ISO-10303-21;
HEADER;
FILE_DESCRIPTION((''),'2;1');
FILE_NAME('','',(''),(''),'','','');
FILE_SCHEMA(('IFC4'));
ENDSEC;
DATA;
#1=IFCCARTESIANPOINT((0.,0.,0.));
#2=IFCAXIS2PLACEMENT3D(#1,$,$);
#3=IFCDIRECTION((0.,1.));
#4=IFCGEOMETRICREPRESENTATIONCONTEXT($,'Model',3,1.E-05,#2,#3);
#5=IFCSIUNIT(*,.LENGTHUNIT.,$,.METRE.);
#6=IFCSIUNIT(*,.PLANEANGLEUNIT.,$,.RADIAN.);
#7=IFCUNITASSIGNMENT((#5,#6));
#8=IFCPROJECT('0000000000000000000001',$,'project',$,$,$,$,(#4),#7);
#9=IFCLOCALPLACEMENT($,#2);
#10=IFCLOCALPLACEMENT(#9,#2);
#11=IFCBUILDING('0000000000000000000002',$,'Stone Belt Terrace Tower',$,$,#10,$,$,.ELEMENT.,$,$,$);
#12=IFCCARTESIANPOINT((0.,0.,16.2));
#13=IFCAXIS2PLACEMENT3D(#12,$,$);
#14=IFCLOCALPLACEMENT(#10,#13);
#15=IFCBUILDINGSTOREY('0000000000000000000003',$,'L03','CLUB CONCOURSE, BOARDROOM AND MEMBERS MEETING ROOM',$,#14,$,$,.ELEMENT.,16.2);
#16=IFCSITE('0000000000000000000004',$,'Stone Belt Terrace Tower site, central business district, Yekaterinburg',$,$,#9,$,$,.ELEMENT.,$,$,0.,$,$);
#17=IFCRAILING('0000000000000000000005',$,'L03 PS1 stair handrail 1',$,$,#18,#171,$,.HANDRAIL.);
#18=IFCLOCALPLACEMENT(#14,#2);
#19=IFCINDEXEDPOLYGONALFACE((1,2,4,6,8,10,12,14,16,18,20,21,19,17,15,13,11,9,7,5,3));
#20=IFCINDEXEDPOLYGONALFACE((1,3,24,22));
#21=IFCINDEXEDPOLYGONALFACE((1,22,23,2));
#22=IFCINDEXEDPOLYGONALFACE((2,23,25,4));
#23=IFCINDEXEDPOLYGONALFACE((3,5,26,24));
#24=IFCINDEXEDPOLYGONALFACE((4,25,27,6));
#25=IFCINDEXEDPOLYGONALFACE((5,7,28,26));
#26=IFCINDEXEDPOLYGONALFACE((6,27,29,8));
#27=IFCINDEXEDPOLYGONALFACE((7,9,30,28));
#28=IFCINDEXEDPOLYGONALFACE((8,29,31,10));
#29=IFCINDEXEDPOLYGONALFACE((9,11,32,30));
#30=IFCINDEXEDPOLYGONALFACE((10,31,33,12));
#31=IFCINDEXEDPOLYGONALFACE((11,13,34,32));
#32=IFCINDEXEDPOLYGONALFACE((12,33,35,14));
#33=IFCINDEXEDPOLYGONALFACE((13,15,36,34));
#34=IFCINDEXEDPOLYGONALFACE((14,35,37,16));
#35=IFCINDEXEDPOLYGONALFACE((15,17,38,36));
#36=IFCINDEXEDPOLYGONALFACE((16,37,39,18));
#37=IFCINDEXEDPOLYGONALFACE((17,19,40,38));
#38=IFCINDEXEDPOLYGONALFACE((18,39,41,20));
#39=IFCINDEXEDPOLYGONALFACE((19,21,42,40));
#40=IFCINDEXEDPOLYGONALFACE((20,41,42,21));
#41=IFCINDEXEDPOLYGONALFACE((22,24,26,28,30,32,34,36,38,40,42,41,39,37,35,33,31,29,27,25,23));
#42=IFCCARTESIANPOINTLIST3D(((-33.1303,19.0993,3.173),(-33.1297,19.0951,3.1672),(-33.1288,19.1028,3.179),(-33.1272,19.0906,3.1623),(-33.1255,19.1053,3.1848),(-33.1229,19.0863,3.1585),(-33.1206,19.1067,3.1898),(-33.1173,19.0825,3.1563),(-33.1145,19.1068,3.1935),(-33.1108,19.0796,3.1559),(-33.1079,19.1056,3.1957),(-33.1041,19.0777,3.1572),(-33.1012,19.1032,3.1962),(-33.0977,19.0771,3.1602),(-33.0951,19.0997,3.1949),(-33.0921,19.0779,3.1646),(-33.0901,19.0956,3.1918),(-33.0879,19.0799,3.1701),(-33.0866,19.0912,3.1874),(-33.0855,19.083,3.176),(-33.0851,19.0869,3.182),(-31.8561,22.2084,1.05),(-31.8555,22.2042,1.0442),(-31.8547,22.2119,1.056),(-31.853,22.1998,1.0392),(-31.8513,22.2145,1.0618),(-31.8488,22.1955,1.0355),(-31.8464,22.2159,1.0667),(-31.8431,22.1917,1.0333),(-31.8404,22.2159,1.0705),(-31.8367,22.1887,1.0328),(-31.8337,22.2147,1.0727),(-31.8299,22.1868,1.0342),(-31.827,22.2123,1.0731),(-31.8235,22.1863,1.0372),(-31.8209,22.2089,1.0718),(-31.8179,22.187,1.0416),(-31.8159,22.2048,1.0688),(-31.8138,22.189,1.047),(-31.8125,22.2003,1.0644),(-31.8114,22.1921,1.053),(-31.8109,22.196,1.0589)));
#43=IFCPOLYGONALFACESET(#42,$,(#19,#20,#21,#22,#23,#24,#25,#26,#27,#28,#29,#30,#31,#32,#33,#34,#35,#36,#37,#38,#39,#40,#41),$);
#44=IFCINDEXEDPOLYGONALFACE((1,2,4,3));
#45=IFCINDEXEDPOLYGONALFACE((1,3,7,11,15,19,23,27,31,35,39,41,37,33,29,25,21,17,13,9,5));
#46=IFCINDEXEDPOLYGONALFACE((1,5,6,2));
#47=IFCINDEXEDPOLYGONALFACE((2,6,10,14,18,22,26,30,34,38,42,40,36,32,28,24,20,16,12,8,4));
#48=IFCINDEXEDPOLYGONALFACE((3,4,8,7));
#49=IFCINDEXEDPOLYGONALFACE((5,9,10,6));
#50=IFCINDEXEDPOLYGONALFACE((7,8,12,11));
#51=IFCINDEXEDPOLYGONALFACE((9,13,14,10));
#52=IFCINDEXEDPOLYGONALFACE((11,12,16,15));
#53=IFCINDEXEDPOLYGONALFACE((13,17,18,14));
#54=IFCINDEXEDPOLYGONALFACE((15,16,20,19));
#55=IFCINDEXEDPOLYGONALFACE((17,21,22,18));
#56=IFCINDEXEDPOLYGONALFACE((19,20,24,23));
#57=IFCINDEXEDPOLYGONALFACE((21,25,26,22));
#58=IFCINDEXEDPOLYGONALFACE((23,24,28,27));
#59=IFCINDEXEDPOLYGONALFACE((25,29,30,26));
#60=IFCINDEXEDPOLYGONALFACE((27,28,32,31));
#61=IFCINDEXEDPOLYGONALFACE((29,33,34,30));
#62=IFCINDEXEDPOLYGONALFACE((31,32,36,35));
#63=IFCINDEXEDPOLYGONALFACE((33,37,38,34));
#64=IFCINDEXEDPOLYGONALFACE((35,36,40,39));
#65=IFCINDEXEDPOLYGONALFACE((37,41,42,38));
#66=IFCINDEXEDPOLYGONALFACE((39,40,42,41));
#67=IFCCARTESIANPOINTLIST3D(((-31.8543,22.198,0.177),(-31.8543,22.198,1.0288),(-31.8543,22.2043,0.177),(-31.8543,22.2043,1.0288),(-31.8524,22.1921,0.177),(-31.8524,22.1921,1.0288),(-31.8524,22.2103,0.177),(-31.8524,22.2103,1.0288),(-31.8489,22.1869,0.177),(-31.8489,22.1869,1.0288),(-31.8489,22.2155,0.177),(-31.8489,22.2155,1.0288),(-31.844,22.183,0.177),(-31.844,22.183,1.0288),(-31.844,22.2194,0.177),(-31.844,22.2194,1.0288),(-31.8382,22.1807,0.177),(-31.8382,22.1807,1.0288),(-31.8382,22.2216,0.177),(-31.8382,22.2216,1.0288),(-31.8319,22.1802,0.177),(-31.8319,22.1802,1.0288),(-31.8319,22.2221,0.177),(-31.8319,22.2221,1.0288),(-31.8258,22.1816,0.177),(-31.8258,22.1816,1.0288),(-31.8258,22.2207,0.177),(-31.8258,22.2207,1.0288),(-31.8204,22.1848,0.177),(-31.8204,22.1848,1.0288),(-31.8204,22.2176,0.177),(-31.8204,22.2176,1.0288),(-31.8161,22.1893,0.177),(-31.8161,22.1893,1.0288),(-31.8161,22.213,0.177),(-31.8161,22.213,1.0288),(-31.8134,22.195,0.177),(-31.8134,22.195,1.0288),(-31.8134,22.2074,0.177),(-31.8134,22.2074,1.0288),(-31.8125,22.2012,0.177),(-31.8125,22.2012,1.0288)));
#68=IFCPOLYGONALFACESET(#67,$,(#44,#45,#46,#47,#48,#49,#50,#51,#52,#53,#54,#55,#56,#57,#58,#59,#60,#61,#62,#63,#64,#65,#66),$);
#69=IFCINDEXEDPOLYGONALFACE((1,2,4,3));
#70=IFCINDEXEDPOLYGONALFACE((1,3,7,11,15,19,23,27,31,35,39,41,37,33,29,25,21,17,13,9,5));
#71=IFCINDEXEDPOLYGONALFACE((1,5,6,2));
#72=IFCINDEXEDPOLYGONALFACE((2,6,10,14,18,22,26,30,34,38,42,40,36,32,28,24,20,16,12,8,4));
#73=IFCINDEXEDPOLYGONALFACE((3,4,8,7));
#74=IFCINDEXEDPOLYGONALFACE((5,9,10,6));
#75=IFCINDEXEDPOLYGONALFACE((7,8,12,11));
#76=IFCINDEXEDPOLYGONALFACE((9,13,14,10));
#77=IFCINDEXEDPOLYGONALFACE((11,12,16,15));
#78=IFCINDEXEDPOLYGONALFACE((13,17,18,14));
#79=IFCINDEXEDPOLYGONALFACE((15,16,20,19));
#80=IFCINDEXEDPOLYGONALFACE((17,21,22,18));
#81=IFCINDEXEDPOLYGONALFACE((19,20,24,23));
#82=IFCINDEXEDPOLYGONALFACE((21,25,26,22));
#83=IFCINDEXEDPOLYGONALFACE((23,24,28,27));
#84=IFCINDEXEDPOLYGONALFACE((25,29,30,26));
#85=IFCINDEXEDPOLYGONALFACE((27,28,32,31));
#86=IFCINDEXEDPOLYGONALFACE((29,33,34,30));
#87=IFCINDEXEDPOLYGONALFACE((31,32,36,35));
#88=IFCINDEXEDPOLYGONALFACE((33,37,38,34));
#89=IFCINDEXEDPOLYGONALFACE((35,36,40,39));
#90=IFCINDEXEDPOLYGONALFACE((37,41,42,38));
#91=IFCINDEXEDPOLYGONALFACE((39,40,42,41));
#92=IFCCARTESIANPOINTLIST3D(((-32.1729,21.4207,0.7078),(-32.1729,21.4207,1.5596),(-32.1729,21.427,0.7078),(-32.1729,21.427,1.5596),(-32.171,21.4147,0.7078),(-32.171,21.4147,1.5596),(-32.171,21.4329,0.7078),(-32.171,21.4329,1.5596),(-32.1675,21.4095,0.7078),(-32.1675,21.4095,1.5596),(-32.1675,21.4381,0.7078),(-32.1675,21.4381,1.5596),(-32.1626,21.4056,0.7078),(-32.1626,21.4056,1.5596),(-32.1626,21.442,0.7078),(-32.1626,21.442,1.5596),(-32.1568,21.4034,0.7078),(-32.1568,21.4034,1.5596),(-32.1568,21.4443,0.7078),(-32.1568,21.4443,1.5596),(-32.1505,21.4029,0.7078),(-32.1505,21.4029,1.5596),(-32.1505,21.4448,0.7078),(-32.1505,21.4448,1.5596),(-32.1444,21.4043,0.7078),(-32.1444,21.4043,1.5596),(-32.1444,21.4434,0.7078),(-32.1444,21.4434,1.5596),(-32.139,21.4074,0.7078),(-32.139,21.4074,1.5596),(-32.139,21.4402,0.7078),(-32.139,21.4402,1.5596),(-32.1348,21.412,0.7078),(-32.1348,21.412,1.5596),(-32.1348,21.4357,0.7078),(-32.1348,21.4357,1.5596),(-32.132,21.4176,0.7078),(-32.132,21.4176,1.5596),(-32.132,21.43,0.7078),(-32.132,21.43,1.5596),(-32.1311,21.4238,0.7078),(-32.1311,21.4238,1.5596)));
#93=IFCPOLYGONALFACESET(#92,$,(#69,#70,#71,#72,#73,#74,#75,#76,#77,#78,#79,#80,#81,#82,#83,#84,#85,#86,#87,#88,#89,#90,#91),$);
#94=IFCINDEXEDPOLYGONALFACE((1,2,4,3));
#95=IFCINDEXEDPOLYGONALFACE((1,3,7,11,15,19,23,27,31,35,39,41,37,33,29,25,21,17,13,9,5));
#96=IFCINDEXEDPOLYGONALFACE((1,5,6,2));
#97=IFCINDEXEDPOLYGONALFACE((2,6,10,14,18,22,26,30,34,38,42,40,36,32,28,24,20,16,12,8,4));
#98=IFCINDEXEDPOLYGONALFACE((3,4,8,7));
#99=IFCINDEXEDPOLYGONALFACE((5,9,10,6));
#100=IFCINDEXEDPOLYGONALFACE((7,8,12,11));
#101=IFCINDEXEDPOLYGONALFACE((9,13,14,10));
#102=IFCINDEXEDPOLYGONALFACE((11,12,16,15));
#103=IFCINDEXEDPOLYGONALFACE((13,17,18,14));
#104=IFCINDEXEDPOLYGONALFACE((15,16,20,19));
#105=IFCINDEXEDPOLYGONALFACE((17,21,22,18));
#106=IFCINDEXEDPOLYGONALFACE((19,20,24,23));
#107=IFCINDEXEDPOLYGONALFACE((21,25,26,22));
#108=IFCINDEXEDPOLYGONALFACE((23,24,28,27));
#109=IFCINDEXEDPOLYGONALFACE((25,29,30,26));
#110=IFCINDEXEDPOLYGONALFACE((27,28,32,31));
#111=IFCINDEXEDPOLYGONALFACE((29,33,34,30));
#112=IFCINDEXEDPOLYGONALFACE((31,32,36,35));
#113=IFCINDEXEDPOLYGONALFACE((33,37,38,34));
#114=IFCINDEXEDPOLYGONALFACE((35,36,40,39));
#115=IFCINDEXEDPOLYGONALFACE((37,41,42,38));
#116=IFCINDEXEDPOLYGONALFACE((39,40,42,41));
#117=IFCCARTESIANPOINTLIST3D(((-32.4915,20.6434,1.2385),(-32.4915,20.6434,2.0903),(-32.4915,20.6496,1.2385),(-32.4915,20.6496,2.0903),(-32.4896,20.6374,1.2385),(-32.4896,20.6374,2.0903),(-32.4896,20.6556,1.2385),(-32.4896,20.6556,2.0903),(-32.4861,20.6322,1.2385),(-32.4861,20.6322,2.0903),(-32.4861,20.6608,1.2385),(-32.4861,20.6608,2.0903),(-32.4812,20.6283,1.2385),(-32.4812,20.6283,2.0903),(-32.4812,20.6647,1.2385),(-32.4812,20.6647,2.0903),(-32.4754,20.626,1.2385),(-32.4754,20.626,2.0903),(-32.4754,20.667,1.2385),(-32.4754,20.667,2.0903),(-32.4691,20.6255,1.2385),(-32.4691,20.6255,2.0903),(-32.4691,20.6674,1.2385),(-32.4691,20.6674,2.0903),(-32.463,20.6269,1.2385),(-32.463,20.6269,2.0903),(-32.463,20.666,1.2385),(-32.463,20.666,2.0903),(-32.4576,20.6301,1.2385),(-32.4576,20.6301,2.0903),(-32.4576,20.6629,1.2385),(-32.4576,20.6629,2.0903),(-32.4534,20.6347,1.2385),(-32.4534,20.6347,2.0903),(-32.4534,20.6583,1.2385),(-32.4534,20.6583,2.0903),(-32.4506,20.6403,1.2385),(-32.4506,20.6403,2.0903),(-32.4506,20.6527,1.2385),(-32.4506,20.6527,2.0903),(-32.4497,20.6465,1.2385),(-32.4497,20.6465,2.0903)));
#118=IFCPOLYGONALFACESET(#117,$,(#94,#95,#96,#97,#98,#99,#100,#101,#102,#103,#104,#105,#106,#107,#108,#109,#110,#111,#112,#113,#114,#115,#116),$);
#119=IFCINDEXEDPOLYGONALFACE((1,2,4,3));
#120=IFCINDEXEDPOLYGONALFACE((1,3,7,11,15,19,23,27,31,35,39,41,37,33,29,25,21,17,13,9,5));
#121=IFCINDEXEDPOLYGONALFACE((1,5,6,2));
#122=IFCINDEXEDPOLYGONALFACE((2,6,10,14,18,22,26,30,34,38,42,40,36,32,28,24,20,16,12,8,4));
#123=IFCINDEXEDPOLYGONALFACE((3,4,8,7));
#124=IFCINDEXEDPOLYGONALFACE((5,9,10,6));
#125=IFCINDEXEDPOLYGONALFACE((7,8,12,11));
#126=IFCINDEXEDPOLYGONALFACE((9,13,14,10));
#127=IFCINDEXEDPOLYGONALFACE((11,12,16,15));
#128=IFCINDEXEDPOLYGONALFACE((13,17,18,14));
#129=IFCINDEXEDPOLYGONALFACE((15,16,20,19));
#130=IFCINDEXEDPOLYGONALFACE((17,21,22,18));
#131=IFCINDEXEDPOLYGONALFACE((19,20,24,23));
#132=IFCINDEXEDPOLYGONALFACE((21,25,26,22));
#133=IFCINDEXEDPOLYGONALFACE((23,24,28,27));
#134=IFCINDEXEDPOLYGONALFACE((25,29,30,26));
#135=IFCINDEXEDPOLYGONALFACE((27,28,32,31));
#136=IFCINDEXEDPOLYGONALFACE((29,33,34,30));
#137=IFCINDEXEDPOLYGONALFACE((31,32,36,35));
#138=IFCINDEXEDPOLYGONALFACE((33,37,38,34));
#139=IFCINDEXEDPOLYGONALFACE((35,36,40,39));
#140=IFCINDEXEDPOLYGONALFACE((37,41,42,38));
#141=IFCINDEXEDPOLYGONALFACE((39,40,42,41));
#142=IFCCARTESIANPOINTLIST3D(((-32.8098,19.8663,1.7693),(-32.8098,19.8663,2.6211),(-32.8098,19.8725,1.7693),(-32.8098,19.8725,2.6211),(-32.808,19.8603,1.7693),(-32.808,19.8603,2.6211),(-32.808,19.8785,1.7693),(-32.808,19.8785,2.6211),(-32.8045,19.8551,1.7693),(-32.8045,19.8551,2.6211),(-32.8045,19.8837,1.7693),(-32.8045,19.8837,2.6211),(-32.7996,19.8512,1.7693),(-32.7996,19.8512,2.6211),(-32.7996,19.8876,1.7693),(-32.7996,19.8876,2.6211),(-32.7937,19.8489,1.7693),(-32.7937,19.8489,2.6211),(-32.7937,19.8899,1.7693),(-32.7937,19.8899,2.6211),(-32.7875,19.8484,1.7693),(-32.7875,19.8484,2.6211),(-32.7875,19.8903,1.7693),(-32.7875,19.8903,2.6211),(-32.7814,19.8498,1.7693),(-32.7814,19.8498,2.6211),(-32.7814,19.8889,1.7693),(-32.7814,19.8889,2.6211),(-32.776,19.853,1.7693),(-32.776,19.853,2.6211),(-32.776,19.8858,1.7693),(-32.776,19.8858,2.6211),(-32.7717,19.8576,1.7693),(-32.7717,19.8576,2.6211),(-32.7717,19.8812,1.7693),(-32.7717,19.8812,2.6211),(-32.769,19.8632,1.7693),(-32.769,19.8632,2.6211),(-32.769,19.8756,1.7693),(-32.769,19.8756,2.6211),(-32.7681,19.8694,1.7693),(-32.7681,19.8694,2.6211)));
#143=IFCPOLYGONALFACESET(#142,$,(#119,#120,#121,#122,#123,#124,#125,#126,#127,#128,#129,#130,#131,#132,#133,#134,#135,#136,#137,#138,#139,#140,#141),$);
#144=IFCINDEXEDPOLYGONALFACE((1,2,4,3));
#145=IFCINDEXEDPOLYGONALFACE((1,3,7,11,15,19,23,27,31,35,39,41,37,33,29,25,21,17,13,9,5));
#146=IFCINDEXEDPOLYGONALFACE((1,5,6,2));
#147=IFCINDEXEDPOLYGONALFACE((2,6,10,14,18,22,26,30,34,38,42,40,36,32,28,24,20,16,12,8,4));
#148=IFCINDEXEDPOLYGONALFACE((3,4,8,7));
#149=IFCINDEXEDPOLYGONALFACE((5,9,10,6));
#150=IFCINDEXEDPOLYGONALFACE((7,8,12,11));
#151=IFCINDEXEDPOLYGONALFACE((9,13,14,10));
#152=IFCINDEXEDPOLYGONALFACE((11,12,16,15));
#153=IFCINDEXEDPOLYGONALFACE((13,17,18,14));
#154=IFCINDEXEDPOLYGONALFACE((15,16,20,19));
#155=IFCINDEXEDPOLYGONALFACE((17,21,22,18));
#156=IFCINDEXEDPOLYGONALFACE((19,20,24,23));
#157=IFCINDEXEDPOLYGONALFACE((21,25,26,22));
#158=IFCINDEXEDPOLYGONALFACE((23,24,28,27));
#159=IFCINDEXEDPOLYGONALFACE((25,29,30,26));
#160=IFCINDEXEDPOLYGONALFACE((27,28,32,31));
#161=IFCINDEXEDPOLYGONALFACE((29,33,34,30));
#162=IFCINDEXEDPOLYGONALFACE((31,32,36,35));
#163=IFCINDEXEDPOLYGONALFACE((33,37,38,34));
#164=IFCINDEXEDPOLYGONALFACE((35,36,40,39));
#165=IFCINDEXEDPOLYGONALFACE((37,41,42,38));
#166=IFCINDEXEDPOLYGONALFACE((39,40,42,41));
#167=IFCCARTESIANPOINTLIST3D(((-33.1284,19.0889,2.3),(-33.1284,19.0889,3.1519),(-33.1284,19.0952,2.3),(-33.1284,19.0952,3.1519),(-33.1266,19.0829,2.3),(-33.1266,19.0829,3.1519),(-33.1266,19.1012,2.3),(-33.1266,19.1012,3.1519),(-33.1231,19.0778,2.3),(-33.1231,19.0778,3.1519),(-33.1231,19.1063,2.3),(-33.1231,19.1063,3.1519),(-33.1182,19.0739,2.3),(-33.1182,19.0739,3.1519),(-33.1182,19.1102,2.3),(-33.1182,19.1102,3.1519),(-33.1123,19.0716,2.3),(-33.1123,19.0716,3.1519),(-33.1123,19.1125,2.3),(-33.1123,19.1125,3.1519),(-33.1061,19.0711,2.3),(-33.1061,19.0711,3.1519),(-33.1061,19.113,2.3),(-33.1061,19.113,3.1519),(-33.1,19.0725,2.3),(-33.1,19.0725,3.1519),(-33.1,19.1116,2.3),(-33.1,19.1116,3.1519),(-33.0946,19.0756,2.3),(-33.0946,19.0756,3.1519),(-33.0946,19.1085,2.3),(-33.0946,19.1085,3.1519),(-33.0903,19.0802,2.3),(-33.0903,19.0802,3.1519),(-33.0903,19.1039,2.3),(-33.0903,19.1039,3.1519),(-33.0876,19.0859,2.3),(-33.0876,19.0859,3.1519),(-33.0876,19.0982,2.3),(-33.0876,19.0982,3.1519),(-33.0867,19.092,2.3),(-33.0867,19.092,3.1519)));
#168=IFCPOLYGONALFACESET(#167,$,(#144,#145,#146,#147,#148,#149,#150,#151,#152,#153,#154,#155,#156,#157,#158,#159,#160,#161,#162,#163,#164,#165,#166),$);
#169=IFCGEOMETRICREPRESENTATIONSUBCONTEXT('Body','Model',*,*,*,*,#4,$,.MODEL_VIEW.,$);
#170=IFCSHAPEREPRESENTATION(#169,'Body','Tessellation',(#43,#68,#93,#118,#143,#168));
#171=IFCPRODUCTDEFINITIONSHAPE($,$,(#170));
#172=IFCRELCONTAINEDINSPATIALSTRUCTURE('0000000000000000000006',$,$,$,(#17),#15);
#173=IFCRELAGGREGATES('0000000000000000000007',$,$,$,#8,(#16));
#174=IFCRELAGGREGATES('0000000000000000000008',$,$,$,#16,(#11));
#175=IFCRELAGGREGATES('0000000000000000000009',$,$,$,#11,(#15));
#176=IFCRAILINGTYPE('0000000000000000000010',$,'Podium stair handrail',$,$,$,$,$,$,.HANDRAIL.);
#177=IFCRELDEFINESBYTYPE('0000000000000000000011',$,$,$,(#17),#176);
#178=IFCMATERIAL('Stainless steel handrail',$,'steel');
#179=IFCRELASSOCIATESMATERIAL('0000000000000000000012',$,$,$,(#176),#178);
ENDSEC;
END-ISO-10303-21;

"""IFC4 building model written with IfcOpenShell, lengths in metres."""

from ifc_helpers import new_model, si_unit, direction, frame, origin, origin_2d, place, context, subcontext, project, spatial, circle, extrude, material, type_object, element, save


model = new_model("IFC4")

# Units and contexts
model_context = context("Model", 3, precision=1e-05, world=origin(), true_north=direction((0.0, 1.0)))
body_context = subcontext(model_context, "Body", "Model", "MODEL_VIEW")
ifc_project = project(units=[si_unit("LENGTHUNIT", "METRE"), si_unit("PLANEANGLEUNIT", "RADIAN")], contexts=[model_context])

# Site, building, storey
site_placement = place(None, origin())
site = spatial("IfcSite", under=ifc_project, at=site_placement, Name="Stone Belt Terrace Tower site, central business district, Yekaterinburg", CompositionType="ELEMENT", RefElevation=0.0)
building_placement = place(site_placement, origin())
building = spatial("IfcBuilding", under=site, at=building_placement, Name="Stone Belt Terrace Tower", CompositionType="ELEMENT")
storey_placement = place(building_placement, frame((0.0, 0.0, 16.2)))
storey = spatial("IfcBuildingStorey", under=building, at=storey_placement, Name="L03", Description="CLUB CONCOURSE, BOARDROOM AND MEMBERS MEETING ROOM", CompositionType="ELEMENT", Elevation=16.2)

# Railing
ifc_material_1 = material(Name="Stainless steel handrail", Category="steel")
railing_type_1 = type_object("IfcRailingType", Name="Podium stair handrail", PredefinedType="HANDRAIL", material=ifc_material_1)
railing_1_placement = place(storey_placement, frame((-31.8335, 22.2012, 0.177)))
element("IfcRailing", 1, at=railing_1_placement, inside=storey, type_object=railing_type_1, Name="L03 PS1 stair handrail 1", PredefinedType="HANDRAIL", context=body_context, shape_type="SweptSolid", body=[
    extrude(circle(Radius=0.0239, at=origin_2d()), frame((0.0, 0.0, 0.876), z_axis=(-0.320577, -0.782248, 0.534152), x_axis=(0.925312, -0.379207, 0.0)), (0.0, 0.0, 1.0), 3.9746),
    extrude(circle(Radius=0.021, at=origin_2d()), origin(), (0.0, 0.0, 1.0), 0.8518),
    extrude(circle(Radius=0.021, at=origin_2d()), frame((-0.3186, -0.7773, 0.5308)), (0.0, 0.0, 1.0), 0.8518),
    extrude(circle(Radius=0.021, at=origin_2d()), frame((-0.6372, -1.5547, 1.0615)), (0.0, 0.0, 1.0), 0.8518),
    extrude(circle(Radius=0.021, at=origin_2d()), frame((-0.9556, -2.3318, 1.5923)), (0.0, 0.0, 1.0), 0.8518),
    extrude(circle(Radius=0.021, at=origin_2d()), frame((-1.2742, -3.1091, 2.123)), (0.0, 0.0, 1.0), 0.8518),
])

save(model, "model.ifc")
